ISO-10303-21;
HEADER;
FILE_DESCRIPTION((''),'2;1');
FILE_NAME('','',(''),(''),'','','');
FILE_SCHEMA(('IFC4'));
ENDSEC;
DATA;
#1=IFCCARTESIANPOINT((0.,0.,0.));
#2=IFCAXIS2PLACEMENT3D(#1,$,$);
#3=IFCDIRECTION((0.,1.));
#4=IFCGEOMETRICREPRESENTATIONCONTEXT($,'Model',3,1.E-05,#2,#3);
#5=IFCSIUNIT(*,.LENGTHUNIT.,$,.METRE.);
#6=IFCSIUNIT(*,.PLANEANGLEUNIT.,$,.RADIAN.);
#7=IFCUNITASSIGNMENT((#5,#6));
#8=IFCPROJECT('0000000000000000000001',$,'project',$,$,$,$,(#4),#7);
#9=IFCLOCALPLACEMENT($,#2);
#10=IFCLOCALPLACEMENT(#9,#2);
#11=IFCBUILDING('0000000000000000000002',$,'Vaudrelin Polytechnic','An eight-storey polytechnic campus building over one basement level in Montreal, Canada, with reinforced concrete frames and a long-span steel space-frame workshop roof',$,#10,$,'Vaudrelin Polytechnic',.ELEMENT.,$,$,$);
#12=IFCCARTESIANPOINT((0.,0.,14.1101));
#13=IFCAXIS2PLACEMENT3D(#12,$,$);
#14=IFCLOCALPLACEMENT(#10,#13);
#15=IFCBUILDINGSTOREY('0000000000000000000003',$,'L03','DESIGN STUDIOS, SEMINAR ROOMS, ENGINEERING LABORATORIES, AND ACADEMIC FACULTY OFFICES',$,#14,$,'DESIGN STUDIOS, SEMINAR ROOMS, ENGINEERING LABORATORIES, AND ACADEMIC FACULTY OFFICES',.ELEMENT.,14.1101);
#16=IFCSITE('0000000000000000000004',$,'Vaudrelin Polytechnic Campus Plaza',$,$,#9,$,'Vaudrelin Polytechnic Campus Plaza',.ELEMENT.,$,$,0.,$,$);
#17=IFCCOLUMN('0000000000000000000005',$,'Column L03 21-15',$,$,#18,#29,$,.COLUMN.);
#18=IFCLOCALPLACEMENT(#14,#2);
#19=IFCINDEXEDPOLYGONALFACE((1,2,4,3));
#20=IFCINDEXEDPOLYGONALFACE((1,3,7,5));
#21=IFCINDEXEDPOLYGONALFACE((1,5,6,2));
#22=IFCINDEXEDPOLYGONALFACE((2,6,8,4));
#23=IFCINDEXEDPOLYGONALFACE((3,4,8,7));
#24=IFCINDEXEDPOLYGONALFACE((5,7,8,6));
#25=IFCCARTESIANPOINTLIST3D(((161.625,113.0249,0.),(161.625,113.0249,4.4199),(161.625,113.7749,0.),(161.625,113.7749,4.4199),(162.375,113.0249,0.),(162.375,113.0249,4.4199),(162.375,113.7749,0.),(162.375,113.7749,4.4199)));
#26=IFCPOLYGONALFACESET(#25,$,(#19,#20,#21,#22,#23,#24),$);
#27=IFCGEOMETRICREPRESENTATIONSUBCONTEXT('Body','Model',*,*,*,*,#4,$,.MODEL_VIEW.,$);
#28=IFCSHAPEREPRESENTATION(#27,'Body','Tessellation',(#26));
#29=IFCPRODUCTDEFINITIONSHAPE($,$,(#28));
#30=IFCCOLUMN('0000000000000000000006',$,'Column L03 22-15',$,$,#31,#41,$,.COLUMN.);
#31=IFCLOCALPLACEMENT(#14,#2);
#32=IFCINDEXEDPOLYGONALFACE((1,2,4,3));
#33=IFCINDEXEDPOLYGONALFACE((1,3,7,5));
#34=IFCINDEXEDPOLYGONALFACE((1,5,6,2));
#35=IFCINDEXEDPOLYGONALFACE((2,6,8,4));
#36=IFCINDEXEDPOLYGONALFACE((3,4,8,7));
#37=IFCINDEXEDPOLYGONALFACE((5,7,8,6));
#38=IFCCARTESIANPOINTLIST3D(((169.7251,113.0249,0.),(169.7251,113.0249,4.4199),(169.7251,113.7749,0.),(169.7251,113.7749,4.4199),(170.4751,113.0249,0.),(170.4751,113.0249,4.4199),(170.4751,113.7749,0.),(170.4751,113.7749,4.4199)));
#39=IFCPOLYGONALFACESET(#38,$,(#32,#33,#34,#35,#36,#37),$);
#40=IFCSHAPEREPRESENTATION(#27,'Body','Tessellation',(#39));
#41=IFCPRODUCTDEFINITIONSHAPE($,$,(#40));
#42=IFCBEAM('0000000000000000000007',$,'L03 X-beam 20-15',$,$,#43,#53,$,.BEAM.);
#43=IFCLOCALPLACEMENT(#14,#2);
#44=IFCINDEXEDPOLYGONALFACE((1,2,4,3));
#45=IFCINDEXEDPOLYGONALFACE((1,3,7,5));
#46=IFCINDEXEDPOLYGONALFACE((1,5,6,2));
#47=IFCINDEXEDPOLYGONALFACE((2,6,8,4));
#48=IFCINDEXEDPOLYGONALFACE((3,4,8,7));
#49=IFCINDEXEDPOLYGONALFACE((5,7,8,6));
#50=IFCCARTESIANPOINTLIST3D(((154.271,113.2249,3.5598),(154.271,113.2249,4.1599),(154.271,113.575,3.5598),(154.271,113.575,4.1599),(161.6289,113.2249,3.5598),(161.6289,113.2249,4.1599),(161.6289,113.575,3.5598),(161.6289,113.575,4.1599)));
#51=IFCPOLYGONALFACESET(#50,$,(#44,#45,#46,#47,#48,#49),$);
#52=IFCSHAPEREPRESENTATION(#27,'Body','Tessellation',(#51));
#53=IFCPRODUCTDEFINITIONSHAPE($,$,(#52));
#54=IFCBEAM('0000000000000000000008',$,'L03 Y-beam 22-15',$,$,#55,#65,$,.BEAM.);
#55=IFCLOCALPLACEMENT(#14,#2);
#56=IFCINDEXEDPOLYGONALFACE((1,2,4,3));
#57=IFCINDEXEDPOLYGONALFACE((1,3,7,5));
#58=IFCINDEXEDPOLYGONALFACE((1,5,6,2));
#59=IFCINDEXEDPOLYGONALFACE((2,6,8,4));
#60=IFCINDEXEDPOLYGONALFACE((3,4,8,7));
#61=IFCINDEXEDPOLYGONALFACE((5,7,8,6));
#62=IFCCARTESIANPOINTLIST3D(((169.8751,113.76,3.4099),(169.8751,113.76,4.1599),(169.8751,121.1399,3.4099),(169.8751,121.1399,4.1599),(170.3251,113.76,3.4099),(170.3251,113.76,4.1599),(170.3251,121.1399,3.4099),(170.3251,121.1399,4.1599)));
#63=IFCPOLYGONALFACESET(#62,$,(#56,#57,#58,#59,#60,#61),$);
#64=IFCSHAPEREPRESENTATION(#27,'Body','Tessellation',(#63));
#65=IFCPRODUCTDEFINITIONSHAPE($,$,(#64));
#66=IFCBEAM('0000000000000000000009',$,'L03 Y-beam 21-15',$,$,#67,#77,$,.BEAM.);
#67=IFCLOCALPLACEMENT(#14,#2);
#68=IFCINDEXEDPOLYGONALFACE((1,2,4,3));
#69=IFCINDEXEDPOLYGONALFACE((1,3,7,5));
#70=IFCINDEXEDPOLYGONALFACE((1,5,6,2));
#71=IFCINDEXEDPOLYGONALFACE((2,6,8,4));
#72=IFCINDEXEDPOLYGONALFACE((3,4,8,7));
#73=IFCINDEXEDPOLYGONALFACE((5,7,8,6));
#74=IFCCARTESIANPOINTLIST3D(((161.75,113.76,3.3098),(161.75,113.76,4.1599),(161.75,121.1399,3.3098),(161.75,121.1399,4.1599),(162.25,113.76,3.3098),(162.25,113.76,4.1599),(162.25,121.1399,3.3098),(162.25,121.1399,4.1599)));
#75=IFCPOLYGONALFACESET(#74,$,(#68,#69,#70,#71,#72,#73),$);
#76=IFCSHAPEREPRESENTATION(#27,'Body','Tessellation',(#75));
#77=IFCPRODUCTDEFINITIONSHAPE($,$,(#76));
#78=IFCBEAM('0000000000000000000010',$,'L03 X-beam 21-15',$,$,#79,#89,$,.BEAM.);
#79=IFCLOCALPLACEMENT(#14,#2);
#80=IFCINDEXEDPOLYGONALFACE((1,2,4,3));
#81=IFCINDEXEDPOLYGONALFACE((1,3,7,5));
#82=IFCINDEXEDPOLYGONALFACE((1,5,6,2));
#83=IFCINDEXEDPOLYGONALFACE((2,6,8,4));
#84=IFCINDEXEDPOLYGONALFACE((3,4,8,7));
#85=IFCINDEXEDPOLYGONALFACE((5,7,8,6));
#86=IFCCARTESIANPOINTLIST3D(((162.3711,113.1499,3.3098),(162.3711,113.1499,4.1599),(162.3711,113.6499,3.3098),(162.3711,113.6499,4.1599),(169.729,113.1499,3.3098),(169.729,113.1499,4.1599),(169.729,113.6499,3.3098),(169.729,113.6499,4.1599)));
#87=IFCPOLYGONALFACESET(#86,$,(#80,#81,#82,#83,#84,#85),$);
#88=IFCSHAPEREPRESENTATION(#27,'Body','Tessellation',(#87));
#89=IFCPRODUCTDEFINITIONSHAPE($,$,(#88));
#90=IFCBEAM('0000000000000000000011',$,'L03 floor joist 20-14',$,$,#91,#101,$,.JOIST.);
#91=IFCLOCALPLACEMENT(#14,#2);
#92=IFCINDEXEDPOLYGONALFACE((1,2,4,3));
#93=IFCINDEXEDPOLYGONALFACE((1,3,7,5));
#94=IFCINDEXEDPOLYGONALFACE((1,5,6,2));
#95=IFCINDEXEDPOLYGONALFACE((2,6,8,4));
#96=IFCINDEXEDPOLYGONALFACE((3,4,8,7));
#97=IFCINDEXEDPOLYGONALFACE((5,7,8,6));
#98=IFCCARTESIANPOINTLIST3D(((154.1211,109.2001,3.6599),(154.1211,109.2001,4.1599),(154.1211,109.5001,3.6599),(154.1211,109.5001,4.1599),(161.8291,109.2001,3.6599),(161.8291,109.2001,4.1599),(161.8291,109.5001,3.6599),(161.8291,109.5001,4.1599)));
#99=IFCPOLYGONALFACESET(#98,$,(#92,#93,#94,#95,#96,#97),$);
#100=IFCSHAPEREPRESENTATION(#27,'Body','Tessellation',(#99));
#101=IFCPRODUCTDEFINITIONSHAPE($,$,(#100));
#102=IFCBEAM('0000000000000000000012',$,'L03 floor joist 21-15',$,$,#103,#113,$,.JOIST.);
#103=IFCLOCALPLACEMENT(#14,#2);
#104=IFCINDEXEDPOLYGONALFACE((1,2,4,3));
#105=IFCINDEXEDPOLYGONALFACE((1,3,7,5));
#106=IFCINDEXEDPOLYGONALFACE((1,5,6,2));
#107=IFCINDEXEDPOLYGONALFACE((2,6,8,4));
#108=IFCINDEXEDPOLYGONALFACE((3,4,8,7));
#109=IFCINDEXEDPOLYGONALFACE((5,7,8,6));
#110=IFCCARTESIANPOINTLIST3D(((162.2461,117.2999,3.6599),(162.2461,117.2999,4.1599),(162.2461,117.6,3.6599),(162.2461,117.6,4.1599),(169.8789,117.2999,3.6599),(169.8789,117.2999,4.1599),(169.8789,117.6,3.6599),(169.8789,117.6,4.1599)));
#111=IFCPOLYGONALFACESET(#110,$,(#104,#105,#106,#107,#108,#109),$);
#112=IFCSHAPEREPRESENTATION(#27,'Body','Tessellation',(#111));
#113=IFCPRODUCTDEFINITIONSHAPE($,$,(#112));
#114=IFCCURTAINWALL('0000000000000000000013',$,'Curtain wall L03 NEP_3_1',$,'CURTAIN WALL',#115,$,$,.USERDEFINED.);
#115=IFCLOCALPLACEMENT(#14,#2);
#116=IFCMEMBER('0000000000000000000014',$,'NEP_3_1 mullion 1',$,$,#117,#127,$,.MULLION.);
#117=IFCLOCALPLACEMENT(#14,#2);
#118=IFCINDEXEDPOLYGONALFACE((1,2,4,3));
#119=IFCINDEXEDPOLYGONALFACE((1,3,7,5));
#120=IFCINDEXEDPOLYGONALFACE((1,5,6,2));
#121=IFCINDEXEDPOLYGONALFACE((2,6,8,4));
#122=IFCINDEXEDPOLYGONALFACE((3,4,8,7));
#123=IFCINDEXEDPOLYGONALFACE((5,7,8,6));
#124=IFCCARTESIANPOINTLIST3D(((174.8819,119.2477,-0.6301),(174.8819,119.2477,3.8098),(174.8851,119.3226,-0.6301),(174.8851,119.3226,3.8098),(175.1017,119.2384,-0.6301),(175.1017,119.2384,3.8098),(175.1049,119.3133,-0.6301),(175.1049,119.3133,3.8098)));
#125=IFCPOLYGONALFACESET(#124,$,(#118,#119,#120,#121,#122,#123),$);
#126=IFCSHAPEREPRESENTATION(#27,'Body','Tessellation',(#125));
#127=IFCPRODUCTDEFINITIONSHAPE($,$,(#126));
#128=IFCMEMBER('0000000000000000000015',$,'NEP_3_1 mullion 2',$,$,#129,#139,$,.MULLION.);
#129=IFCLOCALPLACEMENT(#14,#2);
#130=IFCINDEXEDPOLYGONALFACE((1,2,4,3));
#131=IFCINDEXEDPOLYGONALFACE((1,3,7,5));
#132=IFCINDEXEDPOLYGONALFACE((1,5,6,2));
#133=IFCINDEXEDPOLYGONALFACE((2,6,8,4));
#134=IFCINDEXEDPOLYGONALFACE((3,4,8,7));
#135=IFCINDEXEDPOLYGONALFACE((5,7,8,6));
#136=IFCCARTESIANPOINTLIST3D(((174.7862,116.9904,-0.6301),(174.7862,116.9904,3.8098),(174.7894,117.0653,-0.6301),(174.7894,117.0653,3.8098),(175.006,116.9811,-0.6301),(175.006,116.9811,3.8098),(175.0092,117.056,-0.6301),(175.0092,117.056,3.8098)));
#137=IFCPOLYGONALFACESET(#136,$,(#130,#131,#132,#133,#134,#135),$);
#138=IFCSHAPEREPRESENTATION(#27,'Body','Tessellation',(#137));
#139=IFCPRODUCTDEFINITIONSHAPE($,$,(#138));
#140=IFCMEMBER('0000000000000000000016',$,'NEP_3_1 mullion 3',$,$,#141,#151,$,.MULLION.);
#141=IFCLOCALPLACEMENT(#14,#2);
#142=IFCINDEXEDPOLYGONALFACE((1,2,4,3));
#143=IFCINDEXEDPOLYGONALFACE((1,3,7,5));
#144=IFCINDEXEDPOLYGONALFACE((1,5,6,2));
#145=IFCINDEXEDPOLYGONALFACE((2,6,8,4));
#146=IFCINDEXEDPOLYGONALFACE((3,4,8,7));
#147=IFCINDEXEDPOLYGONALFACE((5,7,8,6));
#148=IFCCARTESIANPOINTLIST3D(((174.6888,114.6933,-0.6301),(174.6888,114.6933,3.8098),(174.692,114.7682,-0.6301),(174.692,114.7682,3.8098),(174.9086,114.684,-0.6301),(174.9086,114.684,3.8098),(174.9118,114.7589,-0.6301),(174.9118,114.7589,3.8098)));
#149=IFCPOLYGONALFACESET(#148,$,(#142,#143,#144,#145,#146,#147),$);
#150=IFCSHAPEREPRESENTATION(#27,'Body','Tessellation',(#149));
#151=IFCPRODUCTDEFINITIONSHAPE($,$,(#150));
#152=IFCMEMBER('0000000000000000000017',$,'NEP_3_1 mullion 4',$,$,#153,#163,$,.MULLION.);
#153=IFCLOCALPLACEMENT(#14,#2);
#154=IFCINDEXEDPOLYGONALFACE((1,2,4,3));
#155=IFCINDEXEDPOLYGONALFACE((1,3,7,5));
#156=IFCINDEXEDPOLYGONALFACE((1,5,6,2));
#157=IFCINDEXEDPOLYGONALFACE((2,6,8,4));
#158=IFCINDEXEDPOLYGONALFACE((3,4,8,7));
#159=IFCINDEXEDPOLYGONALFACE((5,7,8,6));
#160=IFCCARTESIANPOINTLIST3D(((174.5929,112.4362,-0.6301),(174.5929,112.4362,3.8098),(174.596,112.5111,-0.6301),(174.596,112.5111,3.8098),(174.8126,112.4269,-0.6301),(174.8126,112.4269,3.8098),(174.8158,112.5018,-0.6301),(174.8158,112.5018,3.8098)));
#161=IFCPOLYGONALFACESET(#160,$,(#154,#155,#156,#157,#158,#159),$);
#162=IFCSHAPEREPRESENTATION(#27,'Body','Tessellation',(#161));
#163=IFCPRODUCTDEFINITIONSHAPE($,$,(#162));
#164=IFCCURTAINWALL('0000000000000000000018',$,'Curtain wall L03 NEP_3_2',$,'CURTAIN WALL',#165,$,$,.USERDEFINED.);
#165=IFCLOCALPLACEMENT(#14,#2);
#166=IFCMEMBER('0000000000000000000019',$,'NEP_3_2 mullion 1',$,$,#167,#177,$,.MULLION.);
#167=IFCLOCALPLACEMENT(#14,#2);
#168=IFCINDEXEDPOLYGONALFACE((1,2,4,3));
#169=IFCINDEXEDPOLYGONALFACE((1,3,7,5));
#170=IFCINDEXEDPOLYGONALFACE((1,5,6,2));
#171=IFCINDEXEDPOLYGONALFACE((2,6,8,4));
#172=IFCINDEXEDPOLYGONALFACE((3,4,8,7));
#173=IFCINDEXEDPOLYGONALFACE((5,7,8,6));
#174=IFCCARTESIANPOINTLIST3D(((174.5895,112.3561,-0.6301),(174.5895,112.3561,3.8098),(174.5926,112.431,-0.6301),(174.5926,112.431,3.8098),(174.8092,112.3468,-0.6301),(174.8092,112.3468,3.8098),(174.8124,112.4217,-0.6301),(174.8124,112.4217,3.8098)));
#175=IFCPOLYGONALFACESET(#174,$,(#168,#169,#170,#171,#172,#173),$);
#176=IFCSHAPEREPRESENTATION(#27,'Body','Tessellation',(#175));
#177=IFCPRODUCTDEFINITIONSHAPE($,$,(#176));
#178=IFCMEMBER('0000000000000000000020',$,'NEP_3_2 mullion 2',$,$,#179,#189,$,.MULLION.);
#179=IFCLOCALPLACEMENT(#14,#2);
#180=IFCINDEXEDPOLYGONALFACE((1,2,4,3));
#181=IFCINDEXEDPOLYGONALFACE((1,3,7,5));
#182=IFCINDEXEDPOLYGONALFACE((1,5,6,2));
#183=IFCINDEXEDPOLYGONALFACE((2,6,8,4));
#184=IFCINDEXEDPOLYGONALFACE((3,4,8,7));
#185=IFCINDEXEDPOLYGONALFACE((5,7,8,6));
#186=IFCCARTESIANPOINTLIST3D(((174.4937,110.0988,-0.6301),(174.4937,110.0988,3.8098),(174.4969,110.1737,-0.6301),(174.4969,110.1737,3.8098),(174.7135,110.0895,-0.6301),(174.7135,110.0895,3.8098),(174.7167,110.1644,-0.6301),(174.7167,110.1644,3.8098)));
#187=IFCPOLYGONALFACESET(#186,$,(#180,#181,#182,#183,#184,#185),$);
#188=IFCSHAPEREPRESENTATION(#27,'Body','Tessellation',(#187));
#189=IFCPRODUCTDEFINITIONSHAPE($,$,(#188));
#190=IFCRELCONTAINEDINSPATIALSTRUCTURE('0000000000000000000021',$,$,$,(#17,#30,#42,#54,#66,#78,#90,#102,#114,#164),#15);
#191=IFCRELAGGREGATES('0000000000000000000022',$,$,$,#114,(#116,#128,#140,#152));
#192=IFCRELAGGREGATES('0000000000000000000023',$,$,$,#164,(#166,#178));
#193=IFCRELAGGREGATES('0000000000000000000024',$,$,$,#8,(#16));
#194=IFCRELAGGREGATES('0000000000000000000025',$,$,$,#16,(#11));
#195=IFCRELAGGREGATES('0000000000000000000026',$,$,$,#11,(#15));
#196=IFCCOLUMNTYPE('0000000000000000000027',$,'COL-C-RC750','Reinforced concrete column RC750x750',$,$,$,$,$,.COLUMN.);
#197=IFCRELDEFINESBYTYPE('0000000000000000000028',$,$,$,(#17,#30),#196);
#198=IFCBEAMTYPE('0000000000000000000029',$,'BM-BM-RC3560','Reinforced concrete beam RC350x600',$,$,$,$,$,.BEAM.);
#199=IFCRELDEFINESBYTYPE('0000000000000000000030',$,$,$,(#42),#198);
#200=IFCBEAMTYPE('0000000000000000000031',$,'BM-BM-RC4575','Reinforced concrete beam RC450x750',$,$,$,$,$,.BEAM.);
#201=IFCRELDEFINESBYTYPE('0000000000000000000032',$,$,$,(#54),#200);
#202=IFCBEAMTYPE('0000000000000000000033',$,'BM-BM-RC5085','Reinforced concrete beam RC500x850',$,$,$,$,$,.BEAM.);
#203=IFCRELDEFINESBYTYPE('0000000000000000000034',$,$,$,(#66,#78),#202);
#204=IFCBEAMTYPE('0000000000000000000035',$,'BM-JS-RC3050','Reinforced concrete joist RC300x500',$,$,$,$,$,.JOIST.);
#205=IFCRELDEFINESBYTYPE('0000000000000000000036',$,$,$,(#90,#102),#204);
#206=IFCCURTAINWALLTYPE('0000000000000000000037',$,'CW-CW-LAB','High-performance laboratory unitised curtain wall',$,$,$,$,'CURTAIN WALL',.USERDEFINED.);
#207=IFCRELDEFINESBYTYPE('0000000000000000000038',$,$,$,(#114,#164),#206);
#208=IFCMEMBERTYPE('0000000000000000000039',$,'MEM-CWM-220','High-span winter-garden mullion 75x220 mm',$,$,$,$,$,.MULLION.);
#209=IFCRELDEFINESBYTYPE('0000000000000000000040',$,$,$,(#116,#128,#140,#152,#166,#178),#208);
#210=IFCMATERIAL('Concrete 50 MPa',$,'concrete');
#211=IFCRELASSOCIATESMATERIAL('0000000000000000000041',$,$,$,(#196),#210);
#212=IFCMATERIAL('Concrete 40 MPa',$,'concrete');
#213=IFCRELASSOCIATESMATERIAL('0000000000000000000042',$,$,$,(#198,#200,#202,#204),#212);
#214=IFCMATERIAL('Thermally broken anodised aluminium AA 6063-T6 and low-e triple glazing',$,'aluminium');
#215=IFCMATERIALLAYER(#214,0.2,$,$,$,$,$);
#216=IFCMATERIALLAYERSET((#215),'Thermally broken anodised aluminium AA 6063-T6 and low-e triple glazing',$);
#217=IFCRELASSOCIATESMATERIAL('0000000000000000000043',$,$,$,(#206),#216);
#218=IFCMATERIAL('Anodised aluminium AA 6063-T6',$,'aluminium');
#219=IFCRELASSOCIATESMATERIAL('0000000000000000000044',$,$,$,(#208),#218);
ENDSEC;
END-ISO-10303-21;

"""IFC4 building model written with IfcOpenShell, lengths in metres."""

from ifc_helpers import new_model, si_unit, direction, frame, origin, origin_2d, place, context, subcontext, project, spatial, rectangle, extrude, material, layer, layer_set, material_profile, profile_set, type_object, element, aggregate, save


model = new_model("IFC4")

# Units and contexts
model_context = context("Model", 3, precision=1e-05, world=origin(), true_north=direction((0.0, 1.0)))
body_context = subcontext(model_context, "Body", "Model", "MODEL_VIEW")
ifc_project = project(units=[si_unit("LENGTHUNIT", "METRE"), si_unit("PLANEANGLEUNIT", "RADIAN")], contexts=[model_context])

# Site, building, storey
site_placement = place(None, origin())
site = spatial("IfcSite", under=ifc_project, at=site_placement, Name="Vaudrelin Polytechnic Campus Plaza", LongName="Vaudrelin Polytechnic Campus Plaza", CompositionType="ELEMENT", RefElevation=0.0)
building_placement = place(site_placement, origin())
building = spatial("IfcBuilding", under=site, at=building_placement, Name="Vaudrelin Polytechnic", Description="An eight-storey polytechnic campus building over one basement level in Montreal, Canada, with reinforced concrete frames and a long-span steel space-frame workshop roof", LongName="Vaudrelin Polytechnic", CompositionType="ELEMENT")
storey_placement = place(building_placement, frame((0.0, 0.0, 14.1101)))
storey = spatial("IfcBuildingStorey", under=building, at=storey_placement, Name="L03", Description="DESIGN STUDIOS, SEMINAR ROOMS, ENGINEERING LABORATORIES, AND ACADEMIC FACULTY OFFICES", LongName="DESIGN STUDIOS, SEMINAR ROOMS, ENGINEERING LABORATORIES, AND ACADEMIC FACULTY OFFICES", CompositionType="ELEMENT", Elevation=14.1101)

# Columns
ifc_material_1 = material(Name="Concrete 50 MPa", Category="concrete")
ifc_material_profile_1 = material_profile(ifc_material_1, rectangle(XDim=0.75, YDim=0.75, at=origin_2d()), Name="RC750x750")
ifc_profile_set_1 = profile_set([ifc_material_profile_1], Name="Concrete 50 MPa")
column_type = type_object("IfcColumnType", Name="COL-C-RC750", Description="Reinforced concrete column RC750x750", PredefinedType="COLUMN", material=ifc_profile_set_1)
for number, where, z_axis, x_axis, name in (
    (1, (162.0, 113.3999, 0.0), (0.0, 0.0, 1.0), (1.0, 0.0, 0.0), "Column L03 21-15"),
    (2, (170.1001, 113.3999, 0.0), (0.0, 0.0, 1.0), (1.0, 0.0, 0.0), "Column L03 22-15"),
):
    element("IfcColumn", number, at=place(storey_placement, frame(where, z_axis=z_axis, x_axis=x_axis)), inside=storey, type_object=column_type, Name=name, PredefinedType="COLUMN", context=body_context, shape_type="SweptSolid", body=[
        extrude(rectangle(XDim=0.75, YDim=0.75, at=origin_2d()), origin(), (0.0, 0.0, 1.0), 4.4199),
    ])

# Beams
ifc_material_2 = material(Name="Concrete 40 MPa", Category="concrete")
ifc_material_profile_2 = material_profile(ifc_material_2, rectangle(XDim=0.3501, YDim=0.6001, at=origin_2d()), Name="RC350x600")
ifc_profile_set_2 = profile_set([ifc_material_profile_2], Name="Concrete 40 MPa")
beam_type_1 = type_object("IfcBeamType", Name="BM-BM-RC3560", Description="Reinforced concrete beam RC350x600", PredefinedType="BEAM", material=ifc_profile_set_2)
beam_1_placement = place(storey_placement, frame((154.271, 113.3999, 3.8599), z_axis=(1.0, 0.0, 0.0), x_axis=(0.0, 1.0, 0.0)))
element("IfcBeam", 3, at=beam_1_placement, inside=storey, type_object=beam_type_1, Name="L03 X-beam 20-15", PredefinedType="BEAM", context=body_context, shape_type="SweptSolid", body=[
    extrude(rectangle(XDim=0.3501, YDim=0.6001, at=origin_2d()), origin(), (0.0, 0.0, 1.0), 7.3579),
])
ifc_material_profile_3 = material_profile(ifc_material_2, rectangle(XDim=0.45, YDim=0.75, at=origin_2d()), Name="RC450x750")
ifc_profile_set_3 = profile_set([ifc_material_profile_3], Name="Concrete 40 MPa")
beam_type_2 = type_object("IfcBeamType", Name="BM-BM-RC4575", Description="Reinforced concrete beam RC450x750", PredefinedType="BEAM", material=ifc_profile_set_3)
beam_2_placement = place(storey_placement, frame((170.1001, 113.76, 3.7849), z_axis=(0.0, 1.0, 0.0), x_axis=(-1.0, 0.0, 0.0)))
element("IfcBeam", 4, at=beam_2_placement, inside=storey, type_object=beam_type_2, Name="L03 Y-beam 22-15", PredefinedType="BEAM", context=body_context, shape_type="SweptSolid", body=[
    extrude(rectangle(XDim=0.45, YDim=0.75, at=origin_2d()), origin(), (0.0, 0.0, 1.0), 7.3799),
])
ifc_material_profile_4 = material_profile(ifc_material_2, rectangle(XDim=0.5, YDim=0.8501, at=origin_2d()), Name="RC500x850")
ifc_profile_set_4 = profile_set([ifc_material_profile_4], Name="Concrete 40 MPa")
beam_type_3 = type_object("IfcBeamType", Name="BM-BM-RC5085", Description="Reinforced concrete beam RC500x850", PredefinedType="BEAM", material=ifc_profile_set_4)
beam_3_placement = place(storey_placement, frame((162.0, 113.76, 3.7349), z_axis=(0.0, 1.0, 0.0), x_axis=(-1.0, 0.0, 0.0)))
element("IfcBeam", 5, at=beam_3_placement, inside=storey, type_object=beam_type_3, Name="L03 Y-beam 21-15", PredefinedType="BEAM", context=body_context, shape_type="SweptSolid", body=[
    extrude(rectangle(XDim=0.5, YDim=0.8501, at=origin_2d()), origin(), (0.0, 0.0, 1.0), 7.3799),
])
beam_4_placement = place(storey_placement, frame((162.3711, 113.3999, 3.7349), z_axis=(1.0, 0.0, 0.0), x_axis=(0.0, 1.0, 0.0)))
element("IfcBeam", 6, at=beam_4_placement, inside=storey, type_object=beam_type_3, Name="L03 X-beam 21-15", PredefinedType="BEAM", context=body_context, shape_type="SweptSolid", body=[
    extrude(rectangle(XDim=0.5, YDim=0.8501, at=origin_2d()), origin(), (0.0, 0.0, 1.0), 7.3579),
])
ifc_material_profile_5 = material_profile(ifc_material_2, rectangle(XDim=0.3, YDim=0.5, at=origin_2d()), Name="RC300x500")
ifc_profile_set_5 = profile_set([ifc_material_profile_5], Name="Concrete 40 MPa")
beam_type_4 = type_object("IfcBeamType", Name="BM-JS-RC3050", Description="Reinforced concrete joist RC300x500", PredefinedType="JOIST", material=ifc_profile_set_5)
beam_5_placement = place(storey_placement, frame((154.1211, 109.3501, 3.9099), z_axis=(1.0, 0.0, 0.0), x_axis=(0.0, 1.0, 0.0)))
element("IfcBeam", 7, at=beam_5_placement, inside=storey, type_object=beam_type_4, Name="L03 floor joist 20-14", PredefinedType="JOIST", context=body_context, shape_type="SweptSolid", body=[
    extrude(rectangle(XDim=0.3, YDim=0.5, at=origin_2d()), origin(), (0.0, 0.0, 1.0), 7.708),
])
beam_6_placement = place(storey_placement, frame((162.2461, 117.45, 3.9099), z_axis=(1.0, 0.0, 0.0), x_axis=(0.0, 1.0, 0.0)))
element("IfcBeam", 8, at=beam_6_placement, inside=storey, type_object=beam_type_4, Name="L03 floor joist 21-15", PredefinedType="JOIST", context=body_context, shape_type="SweptSolid", body=[
    extrude(rectangle(XDim=0.3, YDim=0.5, at=origin_2d()), origin(), (0.0, 0.0, 1.0), 7.6328),
])

# Curtain walls, members
ifc_material_3 = material(Name="Thermally broken anodised aluminium AA 6063-T6 and low-e triple glazing", Category="aluminium")
ifc_layer_1 = layer(ifc_material_3, 0.2)
ifc_layer_set_1 = layer_set([ifc_layer_1], Name="Thermally broken anodised aluminium AA 6063-T6 and low-e triple glazing")
curtain_wall_type = type_object("IfcCurtainWallType", Name="CW-CW-LAB", Description="High-performance laboratory unitised curtain wall", ElementType="CURTAIN WALL", PredefinedType="USERDEFINED", material=ifc_layer_set_1)
curtain_wall_1_placement = place(storey_placement, origin())
curtain_wall_1 = element("IfcCurtainWall", 9, at=curtain_wall_1_placement, inside=storey, type_object=curtain_wall_type, Name="Curtain wall L03 NEP_3_1", ObjectType="CURTAIN WALL", PredefinedType="USERDEFINED")
ifc_material_4 = material(Name="Anodised aluminium AA 6063-T6", Category="aluminium")
ifc_material_profile_6 = material_profile(ifc_material_4, rectangle(XDim=0.075, YDim=0.22, at=origin_2d()), Name="CWM-75x220")
ifc_profile_set_6 = profile_set([ifc_material_profile_6], Name="Anodised aluminium AA 6063-T6")
member_type_1 = type_object("IfcMemberType", Name="MEM-CWM-220", Description="High-span winter-garden mullion 75x220 mm", PredefinedType="MULLION", material=ifc_profile_set_6)
member_1_placement = place(storey_placement, frame((174.9934, 119.2805, -0.6301), z_axis=(0.0, 0.0, 1.0), x_axis=(-0.042405, -0.9991, 0.0)))
member_1 = element("IfcMember", 10, at=member_1_placement, type_object=member_type_1, Name="NEP_3_1 mullion 1", PredefinedType="MULLION", context=body_context, shape_type="SweptSolid", body=[
    extrude(rectangle(XDim=0.075, YDim=0.22, at=origin_2d()), origin(), (0.0, 0.0, 1.0), 4.4399),
])
member_2_placement = place(storey_placement, frame((174.8977, 117.0232, -0.6301), z_axis=(0.0, 0.0, 1.0), x_axis=(-0.042405, -0.9991, 0.0)))
member_2 = element("IfcMember", 11, at=member_2_placement, type_object=member_type_1, Name="NEP_3_1 mullion 2", PredefinedType="MULLION", context=body_context, shape_type="SweptSolid", body=[
    extrude(rectangle(XDim=0.075, YDim=0.22, at=origin_2d()), origin(), (0.0, 0.0, 1.0), 4.4399),
])
member_3_placement = place(storey_placement, frame((174.8003, 114.7261, -0.6301), z_axis=(0.0, 0.0, 1.0), x_axis=(-0.042405, -0.9991, 0.0)))
member_3 = element("IfcMember", 12, at=member_3_placement, type_object=member_type_1, Name="NEP_3_1 mullion 3", PredefinedType="MULLION", context=body_context, shape_type="SweptSolid", body=[
    extrude(rectangle(XDim=0.075, YDim=0.22, at=origin_2d()), origin(), (0.0, 0.0, 1.0), 4.4399),
])
member_4_placement = place(storey_placement, frame((174.7043, 112.469, -0.6301), z_axis=(0.0, 0.0, 1.0), x_axis=(-0.042405, -0.9991, 0.0)))
member_4 = element("IfcMember", 13, at=member_4_placement, type_object=member_type_1, Name="NEP_3_1 mullion 4", PredefinedType="MULLION", context=body_context, shape_type="SweptSolid", body=[
    extrude(rectangle(XDim=0.075, YDim=0.22, at=origin_2d()), origin(), (0.0, 0.0, 1.0), 4.4399),
])
curtain_wall_2_placement = place(storey_placement, origin())
curtain_wall_2 = element("IfcCurtainWall", 14, at=curtain_wall_2_placement, inside=storey, type_object=curtain_wall_type, Name="Curtain wall L03 NEP_3_2", ObjectType="CURTAIN WALL", PredefinedType="USERDEFINED")
member_5_placement = place(storey_placement, frame((174.7009, 112.3889, -0.6301), z_axis=(0.0, 0.0, 1.0), x_axis=(-0.04242, -0.9991, 0.0)))
member_5 = element("IfcMember", 15, at=member_5_placement, type_object=member_type_1, Name="NEP_3_2 mullion 1", PredefinedType="MULLION", context=body_context, shape_type="SweptSolid", body=[
    extrude(rectangle(XDim=0.075, YDim=0.22, at=origin_2d()), origin(), (0.0, 0.0, 1.0), 4.4399),
])
member_6_placement = place(storey_placement, frame((174.6052, 110.1316, -0.6301), z_axis=(0.0, 0.0, 1.0), x_axis=(-0.04242, -0.9991, 0.0)))
member_6 = element("IfcMember", 16, at=member_6_placement, type_object=member_type_1, Name="NEP_3_2 mullion 2", PredefinedType="MULLION", context=body_context, shape_type="SweptSolid", body=[
    extrude(rectangle(XDim=0.075, YDim=0.22, at=origin_2d()), origin(), (0.0, 0.0, 1.0), 4.4399),
])

aggregate(curtain_wall_1, [member_1, member_2, member_3, member_4])
aggregate(curtain_wall_2, [member_5, member_6])

save(model, "model.ifc")
